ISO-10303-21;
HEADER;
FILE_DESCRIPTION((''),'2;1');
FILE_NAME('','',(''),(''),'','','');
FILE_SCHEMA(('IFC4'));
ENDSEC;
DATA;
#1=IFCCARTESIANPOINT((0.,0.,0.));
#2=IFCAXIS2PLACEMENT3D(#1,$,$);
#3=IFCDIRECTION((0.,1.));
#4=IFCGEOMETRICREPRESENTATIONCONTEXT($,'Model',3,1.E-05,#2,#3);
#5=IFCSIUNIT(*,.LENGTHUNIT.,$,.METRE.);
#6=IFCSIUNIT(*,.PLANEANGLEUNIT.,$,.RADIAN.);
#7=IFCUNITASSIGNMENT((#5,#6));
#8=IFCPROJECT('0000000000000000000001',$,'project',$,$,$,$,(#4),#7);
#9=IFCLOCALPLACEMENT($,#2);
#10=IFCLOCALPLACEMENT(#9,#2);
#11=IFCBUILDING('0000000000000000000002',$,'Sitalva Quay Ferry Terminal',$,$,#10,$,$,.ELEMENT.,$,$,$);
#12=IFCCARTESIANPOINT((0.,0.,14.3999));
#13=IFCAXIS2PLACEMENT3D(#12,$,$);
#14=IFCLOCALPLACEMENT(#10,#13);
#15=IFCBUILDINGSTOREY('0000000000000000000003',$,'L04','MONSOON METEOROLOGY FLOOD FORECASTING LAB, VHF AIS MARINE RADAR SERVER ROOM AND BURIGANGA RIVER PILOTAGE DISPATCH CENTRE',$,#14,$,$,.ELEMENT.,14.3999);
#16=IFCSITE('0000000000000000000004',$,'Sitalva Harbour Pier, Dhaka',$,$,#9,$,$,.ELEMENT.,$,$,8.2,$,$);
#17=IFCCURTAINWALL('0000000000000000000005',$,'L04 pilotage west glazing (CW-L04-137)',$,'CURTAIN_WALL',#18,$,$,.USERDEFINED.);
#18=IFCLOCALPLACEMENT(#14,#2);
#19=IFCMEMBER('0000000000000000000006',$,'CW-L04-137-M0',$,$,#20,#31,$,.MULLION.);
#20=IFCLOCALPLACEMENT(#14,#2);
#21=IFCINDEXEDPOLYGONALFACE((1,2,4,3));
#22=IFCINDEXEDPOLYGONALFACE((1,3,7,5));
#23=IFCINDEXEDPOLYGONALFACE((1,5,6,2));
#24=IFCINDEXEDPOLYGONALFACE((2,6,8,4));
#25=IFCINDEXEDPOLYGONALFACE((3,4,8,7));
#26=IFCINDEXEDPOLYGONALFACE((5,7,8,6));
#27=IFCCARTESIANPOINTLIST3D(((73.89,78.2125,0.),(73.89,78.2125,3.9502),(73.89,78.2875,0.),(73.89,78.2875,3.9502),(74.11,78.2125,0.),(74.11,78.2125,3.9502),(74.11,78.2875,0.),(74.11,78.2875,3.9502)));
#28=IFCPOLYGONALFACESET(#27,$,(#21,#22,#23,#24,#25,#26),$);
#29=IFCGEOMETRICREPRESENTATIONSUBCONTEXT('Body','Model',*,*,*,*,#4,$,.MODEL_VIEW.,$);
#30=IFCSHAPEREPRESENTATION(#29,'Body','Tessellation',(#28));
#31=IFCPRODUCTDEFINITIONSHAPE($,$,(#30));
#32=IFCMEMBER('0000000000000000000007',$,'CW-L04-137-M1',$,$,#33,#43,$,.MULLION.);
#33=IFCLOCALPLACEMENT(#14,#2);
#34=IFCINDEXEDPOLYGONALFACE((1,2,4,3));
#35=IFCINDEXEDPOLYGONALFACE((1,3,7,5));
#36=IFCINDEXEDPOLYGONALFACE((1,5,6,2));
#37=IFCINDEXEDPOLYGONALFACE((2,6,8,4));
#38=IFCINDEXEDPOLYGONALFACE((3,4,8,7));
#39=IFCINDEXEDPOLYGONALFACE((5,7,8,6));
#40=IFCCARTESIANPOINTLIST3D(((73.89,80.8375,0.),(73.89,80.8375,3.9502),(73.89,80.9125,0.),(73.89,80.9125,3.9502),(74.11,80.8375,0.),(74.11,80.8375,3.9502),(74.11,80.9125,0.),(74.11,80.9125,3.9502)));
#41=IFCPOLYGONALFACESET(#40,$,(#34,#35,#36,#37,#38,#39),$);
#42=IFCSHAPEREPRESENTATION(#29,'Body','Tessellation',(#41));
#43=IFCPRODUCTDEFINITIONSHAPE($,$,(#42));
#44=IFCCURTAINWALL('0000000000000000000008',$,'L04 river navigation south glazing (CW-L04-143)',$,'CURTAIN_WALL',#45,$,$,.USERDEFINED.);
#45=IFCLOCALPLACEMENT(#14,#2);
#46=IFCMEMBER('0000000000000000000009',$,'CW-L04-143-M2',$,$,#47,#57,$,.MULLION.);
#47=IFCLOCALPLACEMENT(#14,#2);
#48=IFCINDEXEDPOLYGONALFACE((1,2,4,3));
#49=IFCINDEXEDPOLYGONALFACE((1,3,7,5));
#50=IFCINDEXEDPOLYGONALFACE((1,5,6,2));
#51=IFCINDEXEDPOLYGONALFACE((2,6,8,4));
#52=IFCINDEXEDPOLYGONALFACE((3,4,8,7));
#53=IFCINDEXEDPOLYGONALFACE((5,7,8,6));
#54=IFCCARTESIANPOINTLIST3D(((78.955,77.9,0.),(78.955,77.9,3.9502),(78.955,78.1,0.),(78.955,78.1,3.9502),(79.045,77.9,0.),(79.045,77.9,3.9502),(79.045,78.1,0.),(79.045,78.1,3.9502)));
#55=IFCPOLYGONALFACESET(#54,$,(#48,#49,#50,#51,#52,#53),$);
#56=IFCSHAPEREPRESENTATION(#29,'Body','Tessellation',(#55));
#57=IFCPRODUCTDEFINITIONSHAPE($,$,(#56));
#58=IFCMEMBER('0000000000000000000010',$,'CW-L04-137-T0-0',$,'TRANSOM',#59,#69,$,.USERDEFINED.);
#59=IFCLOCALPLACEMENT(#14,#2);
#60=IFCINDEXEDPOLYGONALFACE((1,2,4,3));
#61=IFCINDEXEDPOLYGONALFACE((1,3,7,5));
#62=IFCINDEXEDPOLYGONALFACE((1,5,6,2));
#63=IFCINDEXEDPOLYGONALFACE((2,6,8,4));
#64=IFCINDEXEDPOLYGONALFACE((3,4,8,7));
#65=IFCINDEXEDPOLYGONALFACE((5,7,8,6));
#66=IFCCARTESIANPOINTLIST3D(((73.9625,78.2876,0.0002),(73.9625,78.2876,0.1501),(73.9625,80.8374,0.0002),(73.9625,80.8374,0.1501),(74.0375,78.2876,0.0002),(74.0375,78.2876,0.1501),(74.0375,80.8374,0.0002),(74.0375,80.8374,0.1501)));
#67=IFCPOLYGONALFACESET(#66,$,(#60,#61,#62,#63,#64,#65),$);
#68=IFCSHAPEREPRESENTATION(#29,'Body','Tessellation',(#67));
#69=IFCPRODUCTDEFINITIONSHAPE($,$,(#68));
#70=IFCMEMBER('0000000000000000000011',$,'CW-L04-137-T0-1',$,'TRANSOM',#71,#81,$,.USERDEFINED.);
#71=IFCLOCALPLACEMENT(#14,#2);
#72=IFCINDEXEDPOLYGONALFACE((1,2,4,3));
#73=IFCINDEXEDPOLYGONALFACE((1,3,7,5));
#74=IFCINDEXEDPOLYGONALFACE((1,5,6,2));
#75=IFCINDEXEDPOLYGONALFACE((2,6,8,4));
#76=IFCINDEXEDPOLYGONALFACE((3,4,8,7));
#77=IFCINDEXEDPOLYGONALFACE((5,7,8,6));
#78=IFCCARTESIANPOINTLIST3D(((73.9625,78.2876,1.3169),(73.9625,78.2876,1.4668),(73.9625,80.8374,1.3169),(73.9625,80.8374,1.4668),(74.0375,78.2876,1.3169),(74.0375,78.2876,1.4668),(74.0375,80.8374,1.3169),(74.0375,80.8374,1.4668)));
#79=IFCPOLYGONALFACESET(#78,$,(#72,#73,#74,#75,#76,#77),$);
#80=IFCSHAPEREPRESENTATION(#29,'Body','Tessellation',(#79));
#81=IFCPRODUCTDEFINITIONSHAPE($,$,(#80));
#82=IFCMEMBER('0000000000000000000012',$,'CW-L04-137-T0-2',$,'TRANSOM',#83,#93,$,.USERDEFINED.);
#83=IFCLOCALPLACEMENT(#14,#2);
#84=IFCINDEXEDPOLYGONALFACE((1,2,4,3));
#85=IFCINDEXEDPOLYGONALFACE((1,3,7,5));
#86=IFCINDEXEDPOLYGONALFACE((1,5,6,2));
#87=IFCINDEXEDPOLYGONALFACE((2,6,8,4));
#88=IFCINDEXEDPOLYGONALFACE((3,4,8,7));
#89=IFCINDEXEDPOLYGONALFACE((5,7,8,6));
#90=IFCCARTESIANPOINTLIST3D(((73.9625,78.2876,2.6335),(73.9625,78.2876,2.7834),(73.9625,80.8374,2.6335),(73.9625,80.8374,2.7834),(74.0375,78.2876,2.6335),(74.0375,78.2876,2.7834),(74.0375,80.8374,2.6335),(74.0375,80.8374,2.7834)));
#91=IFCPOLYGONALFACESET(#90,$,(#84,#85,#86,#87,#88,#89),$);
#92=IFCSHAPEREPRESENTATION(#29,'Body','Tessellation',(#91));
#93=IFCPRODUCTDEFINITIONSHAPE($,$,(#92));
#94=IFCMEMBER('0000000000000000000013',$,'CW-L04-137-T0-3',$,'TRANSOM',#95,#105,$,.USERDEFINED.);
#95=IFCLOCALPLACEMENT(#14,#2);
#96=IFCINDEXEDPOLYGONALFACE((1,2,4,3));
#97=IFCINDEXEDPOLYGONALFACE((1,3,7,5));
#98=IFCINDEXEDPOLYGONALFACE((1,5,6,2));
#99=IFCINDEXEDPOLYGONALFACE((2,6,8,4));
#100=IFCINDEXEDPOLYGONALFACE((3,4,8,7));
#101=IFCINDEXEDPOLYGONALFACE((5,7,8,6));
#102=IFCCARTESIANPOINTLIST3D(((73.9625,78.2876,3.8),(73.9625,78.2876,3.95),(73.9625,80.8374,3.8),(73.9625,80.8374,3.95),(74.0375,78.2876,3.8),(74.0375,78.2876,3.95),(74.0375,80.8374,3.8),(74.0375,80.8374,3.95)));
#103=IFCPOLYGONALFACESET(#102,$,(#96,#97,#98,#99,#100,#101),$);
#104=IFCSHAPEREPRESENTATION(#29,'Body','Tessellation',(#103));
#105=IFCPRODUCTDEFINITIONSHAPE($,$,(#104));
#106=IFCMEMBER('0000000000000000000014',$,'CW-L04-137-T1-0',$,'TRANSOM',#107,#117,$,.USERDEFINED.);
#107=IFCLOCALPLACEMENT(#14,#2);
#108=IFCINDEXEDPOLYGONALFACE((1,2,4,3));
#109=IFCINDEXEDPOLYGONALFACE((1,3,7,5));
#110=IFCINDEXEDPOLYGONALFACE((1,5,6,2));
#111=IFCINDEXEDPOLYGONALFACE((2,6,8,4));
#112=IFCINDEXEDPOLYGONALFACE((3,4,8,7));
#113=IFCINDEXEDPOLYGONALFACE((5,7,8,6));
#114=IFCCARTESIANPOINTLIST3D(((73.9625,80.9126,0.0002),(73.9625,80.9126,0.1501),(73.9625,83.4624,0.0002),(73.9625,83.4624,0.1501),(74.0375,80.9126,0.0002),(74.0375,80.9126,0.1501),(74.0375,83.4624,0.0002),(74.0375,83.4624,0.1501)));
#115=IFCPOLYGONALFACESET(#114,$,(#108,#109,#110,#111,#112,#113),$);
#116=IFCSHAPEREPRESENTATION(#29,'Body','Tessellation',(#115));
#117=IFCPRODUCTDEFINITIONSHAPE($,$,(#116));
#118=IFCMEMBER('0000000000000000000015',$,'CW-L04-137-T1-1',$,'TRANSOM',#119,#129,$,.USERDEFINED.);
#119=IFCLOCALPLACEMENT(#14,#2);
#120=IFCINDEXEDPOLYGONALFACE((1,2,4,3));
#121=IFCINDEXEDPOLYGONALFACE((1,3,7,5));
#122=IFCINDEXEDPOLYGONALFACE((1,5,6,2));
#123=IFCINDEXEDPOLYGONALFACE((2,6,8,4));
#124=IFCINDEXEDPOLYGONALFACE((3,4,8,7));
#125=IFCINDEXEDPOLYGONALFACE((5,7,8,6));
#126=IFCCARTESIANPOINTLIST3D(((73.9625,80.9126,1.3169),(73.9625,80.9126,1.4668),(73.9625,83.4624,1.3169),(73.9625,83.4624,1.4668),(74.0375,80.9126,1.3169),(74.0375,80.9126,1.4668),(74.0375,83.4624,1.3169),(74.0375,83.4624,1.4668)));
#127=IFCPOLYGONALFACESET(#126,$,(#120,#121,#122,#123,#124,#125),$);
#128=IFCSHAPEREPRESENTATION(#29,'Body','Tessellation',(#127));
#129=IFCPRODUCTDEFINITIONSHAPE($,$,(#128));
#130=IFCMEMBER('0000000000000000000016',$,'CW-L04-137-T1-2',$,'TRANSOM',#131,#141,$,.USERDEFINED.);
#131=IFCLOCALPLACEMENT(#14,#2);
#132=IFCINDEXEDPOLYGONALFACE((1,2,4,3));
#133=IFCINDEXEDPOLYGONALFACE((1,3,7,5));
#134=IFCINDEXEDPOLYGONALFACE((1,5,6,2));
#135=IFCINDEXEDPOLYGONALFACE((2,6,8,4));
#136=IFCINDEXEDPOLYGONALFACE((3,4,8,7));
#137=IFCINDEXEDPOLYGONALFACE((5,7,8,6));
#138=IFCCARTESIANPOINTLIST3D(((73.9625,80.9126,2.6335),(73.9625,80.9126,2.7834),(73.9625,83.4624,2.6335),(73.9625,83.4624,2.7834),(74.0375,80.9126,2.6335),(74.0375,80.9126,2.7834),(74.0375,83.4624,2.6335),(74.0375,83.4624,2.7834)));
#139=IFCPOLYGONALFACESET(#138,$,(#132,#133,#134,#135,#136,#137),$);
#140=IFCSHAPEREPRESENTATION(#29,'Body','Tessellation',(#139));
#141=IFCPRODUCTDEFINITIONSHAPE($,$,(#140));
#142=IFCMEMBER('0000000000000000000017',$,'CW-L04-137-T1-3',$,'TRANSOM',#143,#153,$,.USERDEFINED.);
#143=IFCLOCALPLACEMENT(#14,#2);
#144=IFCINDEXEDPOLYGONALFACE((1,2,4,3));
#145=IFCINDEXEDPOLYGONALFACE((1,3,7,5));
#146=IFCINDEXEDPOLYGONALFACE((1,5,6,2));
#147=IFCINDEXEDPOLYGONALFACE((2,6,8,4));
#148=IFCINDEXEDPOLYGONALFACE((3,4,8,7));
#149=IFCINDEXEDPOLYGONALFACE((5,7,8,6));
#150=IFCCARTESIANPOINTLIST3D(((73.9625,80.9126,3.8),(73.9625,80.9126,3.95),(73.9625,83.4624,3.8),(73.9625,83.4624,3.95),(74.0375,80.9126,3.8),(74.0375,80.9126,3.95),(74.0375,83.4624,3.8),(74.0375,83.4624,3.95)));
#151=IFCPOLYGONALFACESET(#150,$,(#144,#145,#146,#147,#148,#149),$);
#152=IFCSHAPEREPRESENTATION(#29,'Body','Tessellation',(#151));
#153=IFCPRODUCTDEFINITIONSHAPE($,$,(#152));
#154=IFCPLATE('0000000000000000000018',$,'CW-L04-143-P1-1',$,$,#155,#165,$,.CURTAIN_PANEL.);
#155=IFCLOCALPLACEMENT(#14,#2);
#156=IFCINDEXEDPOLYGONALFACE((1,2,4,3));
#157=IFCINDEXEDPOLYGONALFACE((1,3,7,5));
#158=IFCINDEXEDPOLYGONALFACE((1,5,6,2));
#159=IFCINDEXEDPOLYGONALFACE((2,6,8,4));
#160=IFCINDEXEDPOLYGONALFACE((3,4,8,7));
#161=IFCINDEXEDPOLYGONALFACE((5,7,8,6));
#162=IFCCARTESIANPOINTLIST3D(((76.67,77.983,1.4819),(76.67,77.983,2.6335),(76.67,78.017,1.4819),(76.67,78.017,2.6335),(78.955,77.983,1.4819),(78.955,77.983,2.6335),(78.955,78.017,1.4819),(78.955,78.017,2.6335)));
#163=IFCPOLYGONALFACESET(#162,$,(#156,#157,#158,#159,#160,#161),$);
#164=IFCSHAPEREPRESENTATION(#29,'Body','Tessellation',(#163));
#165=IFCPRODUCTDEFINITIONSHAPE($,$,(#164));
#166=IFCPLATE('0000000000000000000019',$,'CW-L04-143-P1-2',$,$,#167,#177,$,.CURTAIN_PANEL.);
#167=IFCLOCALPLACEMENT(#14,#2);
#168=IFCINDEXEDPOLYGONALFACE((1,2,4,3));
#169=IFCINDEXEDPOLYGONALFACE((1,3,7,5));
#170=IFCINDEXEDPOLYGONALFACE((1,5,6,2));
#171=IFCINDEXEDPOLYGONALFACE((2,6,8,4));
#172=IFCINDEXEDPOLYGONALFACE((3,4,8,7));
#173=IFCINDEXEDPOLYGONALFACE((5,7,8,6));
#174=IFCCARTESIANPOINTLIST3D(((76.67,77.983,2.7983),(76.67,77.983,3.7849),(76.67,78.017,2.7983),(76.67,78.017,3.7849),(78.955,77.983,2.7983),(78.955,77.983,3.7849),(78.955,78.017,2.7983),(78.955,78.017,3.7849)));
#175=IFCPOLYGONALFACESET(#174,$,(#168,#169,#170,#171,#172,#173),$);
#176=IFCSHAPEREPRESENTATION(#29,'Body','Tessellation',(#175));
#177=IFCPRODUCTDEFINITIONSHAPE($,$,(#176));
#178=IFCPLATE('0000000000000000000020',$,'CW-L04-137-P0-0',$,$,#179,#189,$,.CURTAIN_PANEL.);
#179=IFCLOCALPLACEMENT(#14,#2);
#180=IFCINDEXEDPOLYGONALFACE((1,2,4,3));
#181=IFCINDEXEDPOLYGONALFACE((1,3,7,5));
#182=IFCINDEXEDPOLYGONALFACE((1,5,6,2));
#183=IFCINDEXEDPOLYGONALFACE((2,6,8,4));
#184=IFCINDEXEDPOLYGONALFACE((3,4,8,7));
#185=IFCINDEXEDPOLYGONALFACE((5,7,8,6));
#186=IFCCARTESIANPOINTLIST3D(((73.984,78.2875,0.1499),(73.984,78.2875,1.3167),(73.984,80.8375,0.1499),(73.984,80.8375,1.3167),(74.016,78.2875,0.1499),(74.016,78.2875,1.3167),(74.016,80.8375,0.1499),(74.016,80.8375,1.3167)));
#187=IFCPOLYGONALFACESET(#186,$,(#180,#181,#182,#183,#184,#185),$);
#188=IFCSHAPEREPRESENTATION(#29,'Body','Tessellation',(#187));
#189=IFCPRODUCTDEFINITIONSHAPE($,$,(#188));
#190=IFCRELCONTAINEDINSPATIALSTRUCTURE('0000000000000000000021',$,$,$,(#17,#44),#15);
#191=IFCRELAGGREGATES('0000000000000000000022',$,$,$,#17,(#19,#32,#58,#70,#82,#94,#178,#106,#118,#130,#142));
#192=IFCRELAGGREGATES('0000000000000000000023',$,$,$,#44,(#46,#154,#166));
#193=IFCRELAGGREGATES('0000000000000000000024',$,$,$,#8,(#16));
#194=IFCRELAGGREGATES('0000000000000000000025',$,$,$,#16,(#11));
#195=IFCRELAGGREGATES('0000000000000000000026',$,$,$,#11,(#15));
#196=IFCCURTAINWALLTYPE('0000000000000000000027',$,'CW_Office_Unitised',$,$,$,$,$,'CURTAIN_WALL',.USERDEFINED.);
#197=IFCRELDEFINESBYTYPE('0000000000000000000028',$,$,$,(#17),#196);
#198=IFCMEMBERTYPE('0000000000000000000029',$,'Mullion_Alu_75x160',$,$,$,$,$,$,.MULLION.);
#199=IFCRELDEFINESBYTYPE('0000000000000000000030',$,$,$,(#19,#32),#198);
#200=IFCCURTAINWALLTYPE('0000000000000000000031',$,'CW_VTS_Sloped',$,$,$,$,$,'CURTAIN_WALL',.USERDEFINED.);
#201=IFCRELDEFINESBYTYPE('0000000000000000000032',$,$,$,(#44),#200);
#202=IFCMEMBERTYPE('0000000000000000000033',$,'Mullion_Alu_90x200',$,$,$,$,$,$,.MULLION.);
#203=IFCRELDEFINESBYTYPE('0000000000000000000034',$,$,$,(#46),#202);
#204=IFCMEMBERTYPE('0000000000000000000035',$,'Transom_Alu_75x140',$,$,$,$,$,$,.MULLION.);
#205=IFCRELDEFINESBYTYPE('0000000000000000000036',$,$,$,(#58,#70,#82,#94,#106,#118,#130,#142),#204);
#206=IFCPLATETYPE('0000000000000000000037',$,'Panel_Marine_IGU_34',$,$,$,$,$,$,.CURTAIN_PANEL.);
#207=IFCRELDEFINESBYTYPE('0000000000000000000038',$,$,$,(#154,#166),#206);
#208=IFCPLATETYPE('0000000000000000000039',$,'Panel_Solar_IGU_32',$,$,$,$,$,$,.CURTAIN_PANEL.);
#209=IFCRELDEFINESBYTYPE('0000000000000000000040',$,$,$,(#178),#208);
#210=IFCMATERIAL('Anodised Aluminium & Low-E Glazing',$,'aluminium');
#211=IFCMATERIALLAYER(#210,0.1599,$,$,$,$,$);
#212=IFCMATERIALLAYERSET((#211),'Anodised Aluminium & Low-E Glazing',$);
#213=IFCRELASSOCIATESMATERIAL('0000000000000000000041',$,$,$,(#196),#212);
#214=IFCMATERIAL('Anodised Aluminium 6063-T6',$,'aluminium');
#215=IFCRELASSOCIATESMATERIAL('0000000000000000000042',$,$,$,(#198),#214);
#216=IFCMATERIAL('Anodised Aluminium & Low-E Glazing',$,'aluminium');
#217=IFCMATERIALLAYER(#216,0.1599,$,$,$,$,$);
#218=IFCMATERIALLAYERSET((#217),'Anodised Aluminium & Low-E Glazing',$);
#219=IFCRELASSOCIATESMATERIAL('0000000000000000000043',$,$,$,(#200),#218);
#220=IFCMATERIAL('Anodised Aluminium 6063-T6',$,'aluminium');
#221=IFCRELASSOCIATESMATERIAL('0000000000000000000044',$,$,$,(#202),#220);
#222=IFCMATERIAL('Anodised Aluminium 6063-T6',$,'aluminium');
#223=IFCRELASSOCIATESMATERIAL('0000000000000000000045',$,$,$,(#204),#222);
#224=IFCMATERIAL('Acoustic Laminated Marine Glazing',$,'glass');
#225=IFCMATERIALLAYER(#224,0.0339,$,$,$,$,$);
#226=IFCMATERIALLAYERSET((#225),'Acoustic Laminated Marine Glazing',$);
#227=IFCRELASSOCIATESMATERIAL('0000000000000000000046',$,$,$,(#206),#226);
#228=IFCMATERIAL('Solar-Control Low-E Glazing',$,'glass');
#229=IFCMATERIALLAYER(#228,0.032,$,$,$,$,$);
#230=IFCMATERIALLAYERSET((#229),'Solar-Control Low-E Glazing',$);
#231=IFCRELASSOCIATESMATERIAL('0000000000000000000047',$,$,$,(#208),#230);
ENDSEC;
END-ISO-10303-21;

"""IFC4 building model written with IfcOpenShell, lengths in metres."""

from ifc_helpers import new_model, si_unit, direction, frame, origin, origin_2d, place, context, subcontext, project, spatial, rectangle, extrude, material, layer, layer_set, material_profile, profile_set, type_object, element, aggregate, save


model = new_model("IFC4")

# Units and contexts
model_context = context("Model", 3, precision=1e-05, world=origin(), true_north=direction((0.0, 1.0)))
body_context = subcontext(model_context, "Body", "Model", "MODEL_VIEW")
ifc_project = project(units=[si_unit("LENGTHUNIT", "METRE"), si_unit("PLANEANGLEUNIT", "RADIAN")], contexts=[model_context])

# Site, building, storey
site_placement = place(None, origin())
site = spatial("IfcSite", under=ifc_project, at=site_placement, Name="Sitalva Harbour Pier, Dhaka", CompositionType="ELEMENT", RefElevation=8.2)
building_placement = place(site_placement, origin())
building = spatial("IfcBuilding", under=site, at=building_placement, Name="Sitalva Quay Ferry Terminal", CompositionType="ELEMENT")
storey_placement = place(building_placement, frame((0.0, 0.0, 14.3999)))
storey = spatial("IfcBuildingStorey", under=building, at=storey_placement, Name="L04", Description="MONSOON METEOROLOGY FLOOD FORECASTING LAB, VHF AIS MARINE RADAR SERVER ROOM AND BURIGANGA RIVER PILOTAGE DISPATCH CENTRE", CompositionType="ELEMENT", Elevation=14.3999)

# Curtain wall, members
ifc_material_1 = material(Name="Anodised Aluminium & Low-E Glazing", Category="aluminium")
ifc_layer_1 = layer(ifc_material_1, 0.1599)
ifc_layer_set_1 = layer_set([ifc_layer_1], Name="Anodised Aluminium & Low-E Glazing")
curtain_wall_type_1 = type_object("IfcCurtainWallType", Name="CW_Office_Unitised", ElementType="CURTAIN_WALL", PredefinedType="USERDEFINED", material=ifc_layer_set_1)
curtain_wall_1_placement = place(storey_placement, origin())
curtain_wall_1 = element("IfcCurtainWall", 1, at=curtain_wall_1_placement, inside=storey, type_object=curtain_wall_type_1, Name="L04 pilotage west glazing (CW-L04-137)", ObjectType="CURTAIN_WALL", PredefinedType="USERDEFINED")
ifc_material_2 = material(Name="Anodised Aluminium 6063-T6", Category="aluminium")
ifc_material_profile_1 = material_profile(ifc_material_2, rectangle(XDim=0.075, YDim=0.22, at=origin_2d()), Name="ALU75x220")
ifc_profile_set_1 = profile_set([ifc_material_profile_1], Name="Anodised Aluminium 6063-T6")
member_type_1 = type_object("IfcMemberType", Name="Mullion_Alu_75x160", PredefinedType="MULLION", material=ifc_profile_set_1)
member_1_placement = place(storey_placement, frame((74.0, 78.25, 0.0), z_axis=(0.0, 0.0, 1.0), x_axis=(0.0, 1.0, 0.0)))
member_1 = element("IfcMember", 2, at=member_1_placement, type_object=member_type_1, Name="CW-L04-137-M0", PredefinedType="MULLION", context=body_context, shape_type="SweptSolid", body=[
    extrude(rectangle(XDim=0.075, YDim=0.22, at=origin_2d()), origin(), (0.0, 0.0, 1.0), 3.9502),
])
member_2_placement = place(storey_placement, frame((74.0, 80.875, 0.0), z_axis=(0.0, 0.0, 1.0), x_axis=(0.0, 1.0, 0.0)))
member_2 = element("IfcMember", 3, at=member_2_placement, type_object=member_type_1, Name="CW-L04-137-M1", PredefinedType="MULLION", context=body_context, shape_type="SweptSolid", body=[
    extrude(rectangle(XDim=0.075, YDim=0.22, at=origin_2d()), origin(), (0.0, 0.0, 1.0), 3.9502),
])

# Curtain wall, member
ifc_material_3 = material(Name="Anodised Aluminium & Low-E Glazing", Category="aluminium")
ifc_layer_2 = layer(ifc_material_3, 0.1599)
ifc_layer_set_2 = layer_set([ifc_layer_2], Name="Anodised Aluminium & Low-E Glazing")
curtain_wall_type_2 = type_object("IfcCurtainWallType", Name="CW_VTS_Sloped", ElementType="CURTAIN_WALL", PredefinedType="USERDEFINED", material=ifc_layer_set_2)
curtain_wall_2_placement = place(storey_placement, origin())
curtain_wall_2 = element("IfcCurtainWall", 4, at=curtain_wall_2_placement, inside=storey, type_object=curtain_wall_type_2, Name="L04 river navigation south glazing (CW-L04-143)", ObjectType="CURTAIN_WALL", PredefinedType="USERDEFINED")
ifc_material_4 = material(Name="Anodised Aluminium 6063-T6", Category="aluminium")
ifc_material_profile_2 = material_profile(ifc_material_4, rectangle(XDim=0.0901, YDim=0.2, at=origin_2d()), Name="ALU90x200")
ifc_profile_set_2 = profile_set([ifc_material_profile_2], Name="Anodised Aluminium 6063-T6")
member_type_2 = type_object("IfcMemberType", Name="Mullion_Alu_90x200", PredefinedType="MULLION", material=ifc_profile_set_2)
member_3_placement = place(storey_placement, frame((79.0, 78.0, 0.0), z_axis=(0.0, 0.0, 1.0), x_axis=(1.0, 0.0, 0.0)))
member_3 = element("IfcMember", 5, at=member_3_placement, type_object=member_type_2, Name="CW-L04-143-M2", PredefinedType="MULLION", context=body_context, shape_type="SweptSolid", body=[
    extrude(rectangle(XDim=0.0901, YDim=0.2, at=origin_2d()), origin(), (0.0, 0.0, 1.0), 3.9502),
])

# Members
ifc_material_5 = material(Name="Anodised Aluminium 6063-T6", Category="aluminium")
ifc_material_profile_3 = material_profile(ifc_material_5, rectangle(XDim=0.075, YDim=0.1499, at=origin_2d()), Name="ALU75x150")
ifc_profile_set_3 = profile_set([ifc_material_profile_3], Name="Anodised Aluminium 6063-T6")
member_type_3 = type_object("IfcMemberType", Name="Transom_Alu_75x140", PredefinedType="MULLION", material=ifc_profile_set_3)
member_4_placement = place(storey_placement, frame((74.0, 78.2876, 0.0752), z_axis=(0.0, 1.0, 0.0), x_axis=(-1.0, 0.0, 0.0)))
member_4 = element("IfcMember", 6, at=member_4_placement, type_object=member_type_3, Name="CW-L04-137-T0-0", ObjectType="TRANSOM", PredefinedType="USERDEFINED", context=body_context, shape_type="SweptSolid", body=[
    extrude(rectangle(XDim=0.075, YDim=0.1499, at=origin_2d()), origin(), (0.0, 0.0, 1.0), 2.5498),
])
member_5_placement = place(storey_placement, frame((74.0, 78.2876, 1.3918), z_axis=(0.0, 1.0, 0.0), x_axis=(-1.0, 0.0, 0.0)))
member_5 = element("IfcMember", 7, at=member_5_placement, type_object=member_type_3, Name="CW-L04-137-T0-1", ObjectType="TRANSOM", PredefinedType="USERDEFINED", context=body_context, shape_type="SweptSolid", body=[
    extrude(rectangle(XDim=0.075, YDim=0.1499, at=origin_2d()), origin(), (0.0, 0.0, 1.0), 2.5498),
])
member_6_placement = place(storey_placement, frame((74.0, 78.2876, 2.7085), z_axis=(0.0, 1.0, 0.0), x_axis=(-1.0, 0.0, 0.0)))
member_6 = element("IfcMember", 8, at=member_6_placement, type_object=member_type_3, Name="CW-L04-137-T0-2", ObjectType="TRANSOM", PredefinedType="USERDEFINED", context=body_context, shape_type="SweptSolid", body=[
    extrude(rectangle(XDim=0.075, YDim=0.1499, at=origin_2d()), origin(), (0.0, 0.0, 1.0), 2.5498),
])
member_7_placement = place(storey_placement, frame((74.0, 78.2876, 3.875), z_axis=(0.0, 1.0, 0.0), x_axis=(-1.0, 0.0, 0.0)))
member_7 = element("IfcMember", 9, at=member_7_placement, type_object=member_type_3, Name="CW-L04-137-T0-3", ObjectType="TRANSOM", PredefinedType="USERDEFINED", context=body_context, shape_type="SweptSolid", body=[
    extrude(rectangle(XDim=0.075, YDim=0.1499, at=origin_2d()), origin(), (0.0, 0.0, 1.0), 2.5498),
])
member_8_placement = place(storey_placement, frame((74.0, 80.9126, 0.0752), z_axis=(0.0, 1.0, 0.0), x_axis=(-1.0, 0.0, 0.0)))
member_8 = element("IfcMember", 10, at=member_8_placement, type_object=member_type_3, Name="CW-L04-137-T1-0", ObjectType="TRANSOM", PredefinedType="USERDEFINED", context=body_context, shape_type="SweptSolid", body=[
    extrude(rectangle(XDim=0.075, YDim=0.1499, at=origin_2d()), origin(), (0.0, 0.0, 1.0), 2.5498),
])
member_9_placement = place(storey_placement, frame((74.0, 80.9126, 1.3918), z_axis=(0.0, 1.0, 0.0), x_axis=(-1.0, 0.0, 0.0)))
member_9 = element("IfcMember", 11, at=member_9_placement, type_object=member_type_3, Name="CW-L04-137-T1-1", ObjectType="TRANSOM", PredefinedType="USERDEFINED", context=body_context, shape_type="SweptSolid", body=[
    extrude(rectangle(XDim=0.075, YDim=0.1499, at=origin_2d()), origin(), (0.0, 0.0, 1.0), 2.5498),
])
member_10_placement = place(storey_placement, frame((74.0, 80.9126, 2.7085), z_axis=(0.0, 1.0, 0.0), x_axis=(-1.0, 0.0, 0.0)))
member_10 = element("IfcMember", 12, at=member_10_placement, type_object=member_type_3, Name="CW-L04-137-T1-2", ObjectType="TRANSOM", PredefinedType="USERDEFINED", context=body_context, shape_type="SweptSolid", body=[
    extrude(rectangle(XDim=0.075, YDim=0.1499, at=origin_2d()), origin(), (0.0, 0.0, 1.0), 2.5498),
])
member_11_placement = place(storey_placement, frame((74.0, 80.9126, 3.875), z_axis=(0.0, 1.0, 0.0), x_axis=(-1.0, 0.0, 0.0)))
member_11 = element("IfcMember", 13, at=member_11_placement, type_object=member_type_3, Name="CW-L04-137-T1-3", ObjectType="TRANSOM", PredefinedType="USERDEFINED", context=body_context, shape_type="SweptSolid", body=[
    extrude(rectangle(XDim=0.075, YDim=0.1499, at=origin_2d()), origin(), (0.0, 0.0, 1.0), 2.5498),
])

# Plates
ifc_material_6 = material(Name="Acoustic Laminated Marine Glazing", Category="glass")
ifc_layer_3 = layer(ifc_material_6, 0.0339)
ifc_layer_set_3 = layer_set([ifc_layer_3], Name="Acoustic Laminated Marine Glazing")
plate_type_1 = type_object("IfcPlateType", Name="Panel_Marine_IGU_34", PredefinedType="CURTAIN_PANEL", material=ifc_layer_set_3)
plate_1_placement = place(storey_placement, frame((77.8125, 78.0, 1.4819), z_axis=(0.0, 0.0, 1.0), x_axis=(1.0, 0.0, 0.0)))
plate_1 = element("IfcPlate", 14, at=plate_1_placement, type_object=plate_type_1, Name="CW-L04-143-P1-1", PredefinedType="CURTAIN_PANEL", context=body_context, shape_type="SweptSolid", body=[
    extrude(rectangle(XDim=2.2849, YDim=0.0339, at=origin_2d()), origin(), (0.0, 0.0, 1.0), 1.1516),
])
plate_2_placement = place(storey_placement, frame((77.8125, 78.0, 2.7983), z_axis=(0.0, 0.0, 1.0), x_axis=(1.0, 0.0, 0.0)))
plate_2 = element("IfcPlate", 15, at=plate_2_placement, type_object=plate_type_1, Name="CW-L04-143-P1-2", PredefinedType="CURTAIN_PANEL", context=body_context, shape_type="SweptSolid", body=[
    extrude(rectangle(XDim=2.2849, YDim=0.0339, at=origin_2d()), origin(), (0.0, 0.0, 1.0), 0.9866),
])
ifc_material_7 = material(Name="Solar-Control Low-E Glazing", Category="glass")
ifc_layer_4 = layer(ifc_material_7, 0.032)
ifc_layer_set_4 = layer_set([ifc_layer_4], Name="Solar-Control Low-E Glazing")
plate_type_2 = type_object("IfcPlateType", Name="Panel_Solar_IGU_32", PredefinedType="CURTAIN_PANEL", material=ifc_layer_set_4)
plate_3_placement = place(storey_placement, frame((74.0, 79.5625, 0.1499), z_axis=(0.0, 0.0, 1.0), x_axis=(0.0, 1.0, 0.0)))
plate_3 = element("IfcPlate", 16, at=plate_3_placement, type_object=plate_type_2, Name="CW-L04-137-P0-0", PredefinedType="CURTAIN_PANEL", context=body_context, shape_type="SweptSolid", body=[
    extrude(rectangle(XDim=2.55, YDim=0.032, at=origin_2d()), origin(), (0.0, 0.0, 1.0), 1.1667),
])
aggregate(curtain_wall_1, [member_1, member_2, member_4, member_5, member_6, member_7, plate_3, member_8, member_9, member_10, member_11])
aggregate(curtain_wall_2, [member_3, plate_1, plate_2])

save(model, "model.ifc")
